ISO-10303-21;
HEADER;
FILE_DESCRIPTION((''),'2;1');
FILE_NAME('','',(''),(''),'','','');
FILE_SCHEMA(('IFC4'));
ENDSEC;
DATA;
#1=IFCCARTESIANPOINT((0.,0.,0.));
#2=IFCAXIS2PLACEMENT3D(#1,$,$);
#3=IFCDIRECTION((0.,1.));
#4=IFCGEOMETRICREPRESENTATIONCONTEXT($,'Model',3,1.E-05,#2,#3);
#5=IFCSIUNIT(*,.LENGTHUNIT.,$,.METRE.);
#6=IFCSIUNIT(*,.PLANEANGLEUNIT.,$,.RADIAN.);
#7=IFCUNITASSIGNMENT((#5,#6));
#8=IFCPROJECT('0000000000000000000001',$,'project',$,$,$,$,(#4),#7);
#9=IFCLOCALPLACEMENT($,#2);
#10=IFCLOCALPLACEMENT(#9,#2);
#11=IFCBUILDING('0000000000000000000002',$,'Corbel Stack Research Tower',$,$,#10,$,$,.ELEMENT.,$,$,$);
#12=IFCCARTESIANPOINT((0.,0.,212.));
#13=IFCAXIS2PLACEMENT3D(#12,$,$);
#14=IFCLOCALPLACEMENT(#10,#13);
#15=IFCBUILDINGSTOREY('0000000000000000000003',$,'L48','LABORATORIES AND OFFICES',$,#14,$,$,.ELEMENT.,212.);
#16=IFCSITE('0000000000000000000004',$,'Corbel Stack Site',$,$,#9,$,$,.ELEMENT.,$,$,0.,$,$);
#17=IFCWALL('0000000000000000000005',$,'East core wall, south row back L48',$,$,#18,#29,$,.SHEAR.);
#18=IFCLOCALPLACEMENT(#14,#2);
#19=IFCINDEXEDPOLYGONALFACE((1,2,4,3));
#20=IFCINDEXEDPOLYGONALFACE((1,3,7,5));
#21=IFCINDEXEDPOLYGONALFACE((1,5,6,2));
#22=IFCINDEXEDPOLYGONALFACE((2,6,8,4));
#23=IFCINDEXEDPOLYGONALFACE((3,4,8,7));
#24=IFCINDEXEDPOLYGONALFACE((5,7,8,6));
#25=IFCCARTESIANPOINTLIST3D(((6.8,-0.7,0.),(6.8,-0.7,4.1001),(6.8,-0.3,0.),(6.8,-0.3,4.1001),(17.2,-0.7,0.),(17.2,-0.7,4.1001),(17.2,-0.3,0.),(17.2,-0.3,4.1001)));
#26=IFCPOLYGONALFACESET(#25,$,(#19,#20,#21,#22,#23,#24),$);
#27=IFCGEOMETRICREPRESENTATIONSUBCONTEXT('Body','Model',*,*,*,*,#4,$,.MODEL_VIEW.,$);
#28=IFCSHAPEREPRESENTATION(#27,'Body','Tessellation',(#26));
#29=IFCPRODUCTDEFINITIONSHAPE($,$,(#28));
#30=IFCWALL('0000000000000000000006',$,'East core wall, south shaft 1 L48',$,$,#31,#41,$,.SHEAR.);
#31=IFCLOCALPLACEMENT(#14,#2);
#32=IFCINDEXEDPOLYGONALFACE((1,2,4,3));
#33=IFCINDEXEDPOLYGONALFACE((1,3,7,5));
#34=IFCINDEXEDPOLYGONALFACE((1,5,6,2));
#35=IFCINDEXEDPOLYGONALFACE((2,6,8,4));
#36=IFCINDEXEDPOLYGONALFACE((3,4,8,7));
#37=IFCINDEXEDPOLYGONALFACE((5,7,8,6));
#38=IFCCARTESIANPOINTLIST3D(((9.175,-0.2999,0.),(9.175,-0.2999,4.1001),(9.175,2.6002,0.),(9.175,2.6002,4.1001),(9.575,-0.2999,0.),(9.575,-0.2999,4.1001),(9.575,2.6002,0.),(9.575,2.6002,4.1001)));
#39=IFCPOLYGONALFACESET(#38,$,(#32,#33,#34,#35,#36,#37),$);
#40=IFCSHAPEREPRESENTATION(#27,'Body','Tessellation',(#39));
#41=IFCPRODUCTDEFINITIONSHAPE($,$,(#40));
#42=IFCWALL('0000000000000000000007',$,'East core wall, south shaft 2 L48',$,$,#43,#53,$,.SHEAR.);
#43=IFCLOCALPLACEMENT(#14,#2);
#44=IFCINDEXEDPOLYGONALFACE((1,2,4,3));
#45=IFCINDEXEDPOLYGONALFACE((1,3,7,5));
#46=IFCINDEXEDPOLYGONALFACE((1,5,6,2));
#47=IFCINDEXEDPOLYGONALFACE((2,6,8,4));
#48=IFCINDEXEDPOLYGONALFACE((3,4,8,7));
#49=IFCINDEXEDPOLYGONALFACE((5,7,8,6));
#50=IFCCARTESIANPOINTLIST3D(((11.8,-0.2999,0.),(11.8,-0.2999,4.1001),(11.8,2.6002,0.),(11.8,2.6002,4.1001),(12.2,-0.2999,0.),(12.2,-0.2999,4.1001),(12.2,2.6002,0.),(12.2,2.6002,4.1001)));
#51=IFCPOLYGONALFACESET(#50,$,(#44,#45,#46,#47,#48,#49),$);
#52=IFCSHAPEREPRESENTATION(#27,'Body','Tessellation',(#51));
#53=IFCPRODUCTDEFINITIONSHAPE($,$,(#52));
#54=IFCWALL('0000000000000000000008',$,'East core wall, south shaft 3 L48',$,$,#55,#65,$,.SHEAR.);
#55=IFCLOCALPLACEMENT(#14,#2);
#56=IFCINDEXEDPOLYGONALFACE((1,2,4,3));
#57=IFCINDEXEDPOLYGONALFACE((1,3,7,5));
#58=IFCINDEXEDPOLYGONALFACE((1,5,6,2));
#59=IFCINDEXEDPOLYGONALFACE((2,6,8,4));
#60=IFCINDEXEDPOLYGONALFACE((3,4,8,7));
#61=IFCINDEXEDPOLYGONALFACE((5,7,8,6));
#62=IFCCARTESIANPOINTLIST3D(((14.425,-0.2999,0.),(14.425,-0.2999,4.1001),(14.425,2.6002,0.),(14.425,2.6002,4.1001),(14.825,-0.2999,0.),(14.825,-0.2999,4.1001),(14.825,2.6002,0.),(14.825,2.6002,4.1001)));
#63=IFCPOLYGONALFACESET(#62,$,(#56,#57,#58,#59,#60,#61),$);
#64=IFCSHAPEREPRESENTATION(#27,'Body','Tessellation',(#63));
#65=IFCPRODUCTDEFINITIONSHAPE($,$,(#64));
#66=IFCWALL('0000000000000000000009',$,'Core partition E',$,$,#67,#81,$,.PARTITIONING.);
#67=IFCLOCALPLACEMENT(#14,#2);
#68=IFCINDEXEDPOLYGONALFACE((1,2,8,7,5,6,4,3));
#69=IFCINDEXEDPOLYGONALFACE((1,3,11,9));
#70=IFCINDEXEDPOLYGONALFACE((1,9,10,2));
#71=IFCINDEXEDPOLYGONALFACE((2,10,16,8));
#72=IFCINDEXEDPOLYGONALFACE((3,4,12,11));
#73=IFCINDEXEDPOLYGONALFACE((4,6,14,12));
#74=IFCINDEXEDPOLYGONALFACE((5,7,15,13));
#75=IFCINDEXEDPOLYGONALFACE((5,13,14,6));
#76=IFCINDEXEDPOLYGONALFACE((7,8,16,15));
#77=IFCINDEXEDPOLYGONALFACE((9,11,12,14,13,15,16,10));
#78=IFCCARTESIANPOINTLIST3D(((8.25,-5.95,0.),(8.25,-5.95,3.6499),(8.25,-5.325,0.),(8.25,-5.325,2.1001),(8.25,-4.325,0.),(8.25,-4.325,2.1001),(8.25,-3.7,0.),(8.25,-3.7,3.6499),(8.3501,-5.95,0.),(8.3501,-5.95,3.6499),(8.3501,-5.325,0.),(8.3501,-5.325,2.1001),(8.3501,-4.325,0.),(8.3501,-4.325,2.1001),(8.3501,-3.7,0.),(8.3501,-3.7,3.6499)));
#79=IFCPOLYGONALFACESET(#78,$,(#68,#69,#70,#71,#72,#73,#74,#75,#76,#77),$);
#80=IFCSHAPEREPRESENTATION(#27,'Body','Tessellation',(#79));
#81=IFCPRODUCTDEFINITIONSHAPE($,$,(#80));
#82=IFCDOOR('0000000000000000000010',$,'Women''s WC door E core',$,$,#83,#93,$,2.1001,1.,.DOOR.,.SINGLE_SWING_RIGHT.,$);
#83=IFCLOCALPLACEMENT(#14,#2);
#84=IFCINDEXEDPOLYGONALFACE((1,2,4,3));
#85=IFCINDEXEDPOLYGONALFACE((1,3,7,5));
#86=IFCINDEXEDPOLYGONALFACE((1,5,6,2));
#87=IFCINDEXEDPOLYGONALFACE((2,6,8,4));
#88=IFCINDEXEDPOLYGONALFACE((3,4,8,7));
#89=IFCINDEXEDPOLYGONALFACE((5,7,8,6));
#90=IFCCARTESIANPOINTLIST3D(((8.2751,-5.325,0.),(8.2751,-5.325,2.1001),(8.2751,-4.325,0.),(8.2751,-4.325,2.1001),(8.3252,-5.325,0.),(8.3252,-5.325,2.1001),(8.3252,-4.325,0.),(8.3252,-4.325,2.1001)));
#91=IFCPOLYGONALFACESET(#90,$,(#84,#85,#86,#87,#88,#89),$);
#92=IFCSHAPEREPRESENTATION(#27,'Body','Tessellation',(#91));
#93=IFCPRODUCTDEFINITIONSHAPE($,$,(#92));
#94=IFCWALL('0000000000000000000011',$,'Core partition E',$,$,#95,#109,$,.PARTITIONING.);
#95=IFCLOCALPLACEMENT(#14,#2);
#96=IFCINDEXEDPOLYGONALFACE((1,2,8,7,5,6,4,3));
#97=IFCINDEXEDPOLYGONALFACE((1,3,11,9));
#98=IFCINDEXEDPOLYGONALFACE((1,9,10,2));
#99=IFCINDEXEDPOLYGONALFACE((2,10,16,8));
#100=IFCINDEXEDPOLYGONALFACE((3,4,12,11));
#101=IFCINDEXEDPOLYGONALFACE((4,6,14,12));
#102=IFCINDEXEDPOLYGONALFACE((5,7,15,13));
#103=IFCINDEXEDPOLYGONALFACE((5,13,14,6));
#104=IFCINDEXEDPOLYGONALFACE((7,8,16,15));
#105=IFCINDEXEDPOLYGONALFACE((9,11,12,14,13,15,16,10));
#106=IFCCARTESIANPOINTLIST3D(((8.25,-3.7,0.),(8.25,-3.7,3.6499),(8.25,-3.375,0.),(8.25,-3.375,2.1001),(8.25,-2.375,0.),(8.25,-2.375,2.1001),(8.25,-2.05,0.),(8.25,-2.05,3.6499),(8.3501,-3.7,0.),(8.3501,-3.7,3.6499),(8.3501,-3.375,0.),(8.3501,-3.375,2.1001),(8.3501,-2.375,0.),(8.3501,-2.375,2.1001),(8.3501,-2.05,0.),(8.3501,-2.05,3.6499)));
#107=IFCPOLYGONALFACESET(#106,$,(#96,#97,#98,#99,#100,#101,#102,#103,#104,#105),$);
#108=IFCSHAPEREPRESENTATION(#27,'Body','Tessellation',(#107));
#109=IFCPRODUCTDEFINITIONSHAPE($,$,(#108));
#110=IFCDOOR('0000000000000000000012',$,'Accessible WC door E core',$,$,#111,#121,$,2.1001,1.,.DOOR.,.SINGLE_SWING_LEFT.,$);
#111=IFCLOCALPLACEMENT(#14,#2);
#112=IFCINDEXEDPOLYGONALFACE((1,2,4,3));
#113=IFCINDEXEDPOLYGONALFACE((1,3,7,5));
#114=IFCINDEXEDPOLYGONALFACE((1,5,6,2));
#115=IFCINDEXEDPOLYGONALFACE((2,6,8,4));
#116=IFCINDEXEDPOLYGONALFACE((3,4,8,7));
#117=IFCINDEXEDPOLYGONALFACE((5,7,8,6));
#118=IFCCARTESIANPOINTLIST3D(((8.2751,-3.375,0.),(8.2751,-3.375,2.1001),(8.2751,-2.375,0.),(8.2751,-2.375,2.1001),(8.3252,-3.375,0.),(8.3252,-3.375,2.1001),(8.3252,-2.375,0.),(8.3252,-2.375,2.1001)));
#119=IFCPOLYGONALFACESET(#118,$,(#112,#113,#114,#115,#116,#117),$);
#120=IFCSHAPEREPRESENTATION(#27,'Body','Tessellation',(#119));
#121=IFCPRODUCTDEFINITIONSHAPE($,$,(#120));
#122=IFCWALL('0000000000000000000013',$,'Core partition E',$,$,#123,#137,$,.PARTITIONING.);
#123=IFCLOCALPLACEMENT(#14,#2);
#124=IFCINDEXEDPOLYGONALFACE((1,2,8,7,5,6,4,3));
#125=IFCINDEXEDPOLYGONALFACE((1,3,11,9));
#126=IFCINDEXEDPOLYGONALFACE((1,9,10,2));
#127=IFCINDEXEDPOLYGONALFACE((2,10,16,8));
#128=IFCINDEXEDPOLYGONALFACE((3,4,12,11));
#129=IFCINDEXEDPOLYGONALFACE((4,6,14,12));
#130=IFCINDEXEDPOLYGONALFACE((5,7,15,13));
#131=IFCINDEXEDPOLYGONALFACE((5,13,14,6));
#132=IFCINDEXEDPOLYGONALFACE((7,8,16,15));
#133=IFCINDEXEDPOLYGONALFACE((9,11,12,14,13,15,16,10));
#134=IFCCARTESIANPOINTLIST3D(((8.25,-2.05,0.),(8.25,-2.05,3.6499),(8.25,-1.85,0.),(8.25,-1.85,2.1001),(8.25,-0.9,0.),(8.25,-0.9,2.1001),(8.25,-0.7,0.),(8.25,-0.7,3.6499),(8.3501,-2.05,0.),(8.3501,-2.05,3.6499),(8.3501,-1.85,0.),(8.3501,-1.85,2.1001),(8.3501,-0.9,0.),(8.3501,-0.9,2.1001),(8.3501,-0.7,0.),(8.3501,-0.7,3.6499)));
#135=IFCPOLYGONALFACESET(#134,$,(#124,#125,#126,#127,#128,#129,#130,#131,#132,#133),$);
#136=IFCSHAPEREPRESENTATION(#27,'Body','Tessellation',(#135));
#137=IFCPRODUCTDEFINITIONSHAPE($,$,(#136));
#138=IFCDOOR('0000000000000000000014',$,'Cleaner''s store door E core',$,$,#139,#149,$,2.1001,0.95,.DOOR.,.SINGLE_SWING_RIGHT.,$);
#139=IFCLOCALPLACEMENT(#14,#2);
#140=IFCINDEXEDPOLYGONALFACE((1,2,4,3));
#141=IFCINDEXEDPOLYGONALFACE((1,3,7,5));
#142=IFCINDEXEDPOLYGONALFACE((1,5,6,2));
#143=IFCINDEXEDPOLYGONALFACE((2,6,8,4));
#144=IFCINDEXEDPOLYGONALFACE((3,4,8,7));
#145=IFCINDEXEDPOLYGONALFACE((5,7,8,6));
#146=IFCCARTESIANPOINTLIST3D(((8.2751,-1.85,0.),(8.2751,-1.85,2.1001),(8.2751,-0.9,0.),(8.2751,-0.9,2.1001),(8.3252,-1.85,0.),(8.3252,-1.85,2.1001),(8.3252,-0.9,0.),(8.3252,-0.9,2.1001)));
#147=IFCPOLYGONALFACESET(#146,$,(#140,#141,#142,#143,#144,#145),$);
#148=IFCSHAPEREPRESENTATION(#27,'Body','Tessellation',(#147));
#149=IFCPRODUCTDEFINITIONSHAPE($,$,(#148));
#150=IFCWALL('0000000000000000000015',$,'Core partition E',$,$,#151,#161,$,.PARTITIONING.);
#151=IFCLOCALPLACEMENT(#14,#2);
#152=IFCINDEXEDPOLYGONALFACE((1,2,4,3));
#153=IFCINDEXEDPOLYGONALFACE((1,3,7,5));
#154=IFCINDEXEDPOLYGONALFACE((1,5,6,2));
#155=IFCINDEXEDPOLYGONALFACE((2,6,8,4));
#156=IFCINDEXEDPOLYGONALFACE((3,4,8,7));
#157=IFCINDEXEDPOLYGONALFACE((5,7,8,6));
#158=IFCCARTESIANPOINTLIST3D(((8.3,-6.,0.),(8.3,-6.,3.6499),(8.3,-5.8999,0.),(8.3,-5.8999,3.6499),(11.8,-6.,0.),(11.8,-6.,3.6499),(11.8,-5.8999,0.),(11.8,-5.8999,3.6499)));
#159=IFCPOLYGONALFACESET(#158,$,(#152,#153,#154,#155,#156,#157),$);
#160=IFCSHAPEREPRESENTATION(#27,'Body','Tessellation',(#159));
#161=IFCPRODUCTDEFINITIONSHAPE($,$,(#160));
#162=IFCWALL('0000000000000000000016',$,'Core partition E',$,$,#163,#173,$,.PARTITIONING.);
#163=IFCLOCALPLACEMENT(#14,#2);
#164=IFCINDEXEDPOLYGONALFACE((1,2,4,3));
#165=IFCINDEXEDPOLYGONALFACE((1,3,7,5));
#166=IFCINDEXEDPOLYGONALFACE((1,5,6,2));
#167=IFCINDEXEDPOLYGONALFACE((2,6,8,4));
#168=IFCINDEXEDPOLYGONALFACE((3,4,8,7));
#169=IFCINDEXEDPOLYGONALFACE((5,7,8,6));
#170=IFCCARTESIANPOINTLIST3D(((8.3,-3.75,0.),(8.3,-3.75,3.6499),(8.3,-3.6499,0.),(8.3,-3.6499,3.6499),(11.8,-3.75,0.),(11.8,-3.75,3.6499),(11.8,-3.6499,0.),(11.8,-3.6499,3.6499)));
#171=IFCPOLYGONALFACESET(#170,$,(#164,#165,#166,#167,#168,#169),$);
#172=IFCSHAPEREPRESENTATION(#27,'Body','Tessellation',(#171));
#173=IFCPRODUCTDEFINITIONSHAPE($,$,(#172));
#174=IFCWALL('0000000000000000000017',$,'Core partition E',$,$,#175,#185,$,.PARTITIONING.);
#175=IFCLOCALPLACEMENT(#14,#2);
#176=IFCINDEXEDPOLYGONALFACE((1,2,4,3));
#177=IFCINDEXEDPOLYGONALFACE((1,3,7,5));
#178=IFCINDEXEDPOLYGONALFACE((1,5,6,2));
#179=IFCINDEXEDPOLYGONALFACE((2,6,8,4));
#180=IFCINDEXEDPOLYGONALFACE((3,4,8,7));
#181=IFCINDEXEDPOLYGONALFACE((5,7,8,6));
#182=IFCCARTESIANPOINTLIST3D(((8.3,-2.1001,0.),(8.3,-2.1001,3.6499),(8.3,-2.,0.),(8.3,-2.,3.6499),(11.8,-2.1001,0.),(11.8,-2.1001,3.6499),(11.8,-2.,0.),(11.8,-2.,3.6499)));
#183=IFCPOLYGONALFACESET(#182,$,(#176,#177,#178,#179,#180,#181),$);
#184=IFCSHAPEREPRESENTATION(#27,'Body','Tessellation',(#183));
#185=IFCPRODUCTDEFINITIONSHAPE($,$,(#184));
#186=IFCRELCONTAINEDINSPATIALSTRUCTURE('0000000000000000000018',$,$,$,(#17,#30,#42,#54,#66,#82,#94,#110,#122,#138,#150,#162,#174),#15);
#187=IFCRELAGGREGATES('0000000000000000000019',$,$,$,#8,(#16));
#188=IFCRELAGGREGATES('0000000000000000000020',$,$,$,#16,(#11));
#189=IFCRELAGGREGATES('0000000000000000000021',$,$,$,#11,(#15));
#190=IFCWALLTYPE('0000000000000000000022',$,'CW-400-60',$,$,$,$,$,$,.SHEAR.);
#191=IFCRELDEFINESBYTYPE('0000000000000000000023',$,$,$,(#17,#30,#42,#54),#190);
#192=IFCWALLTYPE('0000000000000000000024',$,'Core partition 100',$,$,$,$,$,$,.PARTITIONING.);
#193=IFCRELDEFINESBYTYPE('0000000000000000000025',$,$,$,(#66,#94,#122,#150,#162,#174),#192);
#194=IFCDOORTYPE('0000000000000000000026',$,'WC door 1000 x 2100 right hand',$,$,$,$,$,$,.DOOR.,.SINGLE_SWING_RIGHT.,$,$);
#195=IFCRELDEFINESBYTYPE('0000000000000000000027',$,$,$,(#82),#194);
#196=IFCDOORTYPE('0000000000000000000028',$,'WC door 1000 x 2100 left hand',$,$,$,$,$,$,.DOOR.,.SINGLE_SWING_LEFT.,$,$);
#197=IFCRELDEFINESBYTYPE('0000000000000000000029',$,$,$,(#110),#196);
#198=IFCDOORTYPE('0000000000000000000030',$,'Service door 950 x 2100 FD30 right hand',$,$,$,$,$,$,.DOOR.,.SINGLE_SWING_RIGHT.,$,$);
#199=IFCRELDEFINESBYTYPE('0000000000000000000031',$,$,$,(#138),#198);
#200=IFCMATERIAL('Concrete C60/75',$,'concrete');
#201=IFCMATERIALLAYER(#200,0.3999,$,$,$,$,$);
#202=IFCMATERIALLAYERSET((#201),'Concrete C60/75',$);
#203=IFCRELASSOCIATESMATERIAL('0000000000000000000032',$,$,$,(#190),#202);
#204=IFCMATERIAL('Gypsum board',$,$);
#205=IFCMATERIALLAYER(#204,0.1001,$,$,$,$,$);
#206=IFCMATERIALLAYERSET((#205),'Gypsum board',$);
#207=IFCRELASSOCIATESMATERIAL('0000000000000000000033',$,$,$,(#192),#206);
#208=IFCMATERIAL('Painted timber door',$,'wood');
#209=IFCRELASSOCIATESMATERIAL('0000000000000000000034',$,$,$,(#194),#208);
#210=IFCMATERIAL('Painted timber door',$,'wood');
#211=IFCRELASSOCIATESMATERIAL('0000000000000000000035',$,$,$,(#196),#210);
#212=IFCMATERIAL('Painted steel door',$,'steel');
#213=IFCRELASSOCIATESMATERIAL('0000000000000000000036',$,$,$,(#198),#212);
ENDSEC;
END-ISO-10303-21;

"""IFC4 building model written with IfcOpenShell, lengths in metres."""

from ifc_helpers import new_model, si_unit, direction, frame, frame_2d, origin, place, context, subcontext, project, spatial, rectangle, extrude, material, layer, layer_set, type_object, element, fill, save


model = new_model("IFC4")

# Units and contexts
model_context = context("Model", 3, precision=1e-05, world=origin(), true_north=direction((0.0, 1.0)))
body_context = subcontext(model_context, "Body", "Model", "MODEL_VIEW")
ifc_project = project(units=[si_unit("LENGTHUNIT", "METRE"), si_unit("PLANEANGLEUNIT", "RADIAN")], contexts=[model_context])

# Site, building, storey
site_placement = place(None, origin())
site = spatial("IfcSite", under=ifc_project, at=site_placement, Name="Corbel Stack Site", CompositionType="ELEMENT", RefElevation=0.0)
building_placement = place(site_placement, origin())
building = spatial("IfcBuilding", under=site, at=building_placement, Name="Corbel Stack Research Tower", CompositionType="ELEMENT")
storey_placement = place(building_placement, frame((0.0, 0.0, 212.0)))
storey = spatial("IfcBuildingStorey", under=building, at=storey_placement, Name="L48", Description="LABORATORIES AND OFFICES", CompositionType="ELEMENT", Elevation=212.0)

# Walls
ifc_material_1 = material(Name="Concrete C60/75", Category="concrete")
ifc_layer_1 = layer(ifc_material_1, 0.3999)
ifc_layer_set_1 = layer_set([ifc_layer_1], Name="Concrete C60/75")
wall_type_1 = type_object("IfcWallType", Name="CW-400-60", PredefinedType="SHEAR", material=ifc_layer_set_1)
wall_1_placement = place(storey_placement, frame((6.8, -0.5, 0.0), z_axis=(0.0, 0.0, 1.0), x_axis=(1.0, 0.0, 0.0)))
element("IfcWall", 1, at=wall_1_placement, inside=storey, type_object=wall_type_1, Name="East core wall, south row back L48", PredefinedType="SHEAR", context=body_context, shape_type="SweptSolid", body=[
    extrude(rectangle(XDim=10.3999, YDim=0.3999, at=frame_2d((5.2, 0.0))), origin(), (0.0, 0.0, 1.0), 4.1001),
])
for number, where, z_axis, x_axis, name in (
    (2, (9.375, -0.3, 0.0), (0.0, 0.0, 1.0), (0.0, 1.0, 0.0), "East core wall, south shaft 1 L48"),
    (3, (12.0, -0.3, 0.0), (0.0, 0.0, 1.0), (0.0, 1.0, 0.0), "East core wall, south shaft 2 L48"),
    (4, (14.625, -0.3, 0.0), (0.0, 0.0, 1.0), (0.0, 1.0, 0.0), "East core wall, south shaft 3 L48"),
):
    element("IfcWall", number, at=place(storey_placement, frame(where, z_axis=z_axis, x_axis=x_axis)), inside=storey, type_object=wall_type_1, Name=name, PredefinedType="SHEAR", context=body_context, shape_type="SweptSolid", body=[
        extrude(rectangle(XDim=2.9001, YDim=0.3999, at=frame_2d((1.4502, 0.0))), origin(), (0.0, 0.0, 1.0), 4.1001),
    ])

# Walls, openings, doors
ifc_material_2 = material(Name="Gypsum board")
ifc_layer_2 = layer(ifc_material_2, 0.1001)
ifc_layer_set_2 = layer_set([ifc_layer_2], Name="Gypsum board")
wall_type_2 = type_object("IfcWallType", Name="Core partition 100", PredefinedType="PARTITIONING", material=ifc_layer_set_2)
wall_2_placement = place(storey_placement, frame((8.3, -5.95, 0.0), z_axis=(0.0, 0.0, 1.0), x_axis=(0.0, 1.0, 0.0)))
wall_2 = element("IfcWall", 5, at=wall_2_placement, inside=storey, type_object=wall_type_2, Name="Core partition E", PredefinedType="PARTITIONING", context=body_context, shape_type="SweptSolid", body=[
    extrude(rectangle(XDim=2.25, YDim=0.1001, at=frame_2d((1.125, 0.0))), origin(), (0.0, 0.0, 1.0), 3.6499),
])
opening_1_placement = place(wall_2_placement, frame((0.625, 0.0, 0.0)))
opening_1 = element("IfcOpeningElement", 6, at=opening_1_placement, cuts=wall_2, PredefinedType="OPENING", context=body_context, shape_type="SweptSolid", body=[
    extrude(rectangle(XDim=1.0, YDim=2.1001, at=frame_2d((0.5, 1.05))), frame((0.0, 0.0601, 0.0), z_axis=(0.0, -1.0, 0.0), x_axis=(1.0, 0.0, 0.0)), (0.0, 0.0, 1.0), 0.1201),
])
ifc_material_3 = material(Name="Painted timber door", Category="wood")
door_type_1 = type_object("IfcDoorType", Name="WC door 1000 x 2100 right hand", OperationType="SINGLE_SWING_RIGHT", PredefinedType="DOOR", material=ifc_material_3)
door_1_placement = place(opening_1_placement, origin())
door_1 = element("IfcDoor", 7, at=door_1_placement, inside=storey, type_object=door_type_1, Name="Women's WC door E core", OperationType="SINGLE_SWING_RIGHT", OverallHeight=2.1001, OverallWidth=1.0, PredefinedType="DOOR", context=body_context, shape_type="SweptSolid", body=[
    extrude(rectangle(XDim=1.0, YDim=2.1001, at=frame_2d((0.5, 1.05))), frame((0.0, 0.0249, 0.0), z_axis=(0.0, -1.0, 0.0), x_axis=(1.0, 0.0, 0.0)), (0.0, 0.0, 1.0), 0.05),
])
fill(opening_1, door_1)
wall_3_placement = place(storey_placement, frame((8.3, -3.7, 0.0), z_axis=(0.0, 0.0, 1.0), x_axis=(0.0, 1.0, 0.0)))
wall_3 = element("IfcWall", 8, at=wall_3_placement, inside=storey, type_object=wall_type_2, Name="Core partition E", PredefinedType="PARTITIONING", context=body_context, shape_type="SweptSolid", body=[
    extrude(rectangle(XDim=1.6499, YDim=0.1001, at=frame_2d((0.825, 0.0))), origin(), (0.0, 0.0, 1.0), 3.6499),
])
opening_2_placement = place(wall_3_placement, frame((0.325, 0.0, 0.0)))
opening_2 = element("IfcOpeningElement", 9, at=opening_2_placement, cuts=wall_3, PredefinedType="OPENING", context=body_context, shape_type="SweptSolid", body=[
    extrude(rectangle(XDim=1.0, YDim=2.1001, at=frame_2d((0.5, 1.05))), frame((0.0, 0.0601, 0.0), z_axis=(0.0, -1.0, 0.0), x_axis=(1.0, 0.0, 0.0)), (0.0, 0.0, 1.0), 0.1201),
])
ifc_material_4 = material(Name="Painted timber door", Category="wood")
door_type_2 = type_object("IfcDoorType", Name="WC door 1000 x 2100 left hand", OperationType="SINGLE_SWING_LEFT", PredefinedType="DOOR", material=ifc_material_4)
door_2_placement = place(opening_2_placement, origin())
door_2 = element("IfcDoor", 10, at=door_2_placement, inside=storey, type_object=door_type_2, Name="Accessible WC door E core", OperationType="SINGLE_SWING_LEFT", OverallHeight=2.1001, OverallWidth=1.0, PredefinedType="DOOR", context=body_context, shape_type="SweptSolid", body=[
    extrude(rectangle(XDim=1.0, YDim=2.1001, at=frame_2d((0.5, 1.05))), frame((0.0, 0.0249, 0.0), z_axis=(0.0, -1.0, 0.0), x_axis=(1.0, 0.0, 0.0)), (0.0, 0.0, 1.0), 0.05),
])
fill(opening_2, door_2)
wall_4_placement = place(storey_placement, frame((8.3, -2.05, 0.0), z_axis=(0.0, 0.0, 1.0), x_axis=(0.0, 1.0, 0.0)))
wall_4 = element("IfcWall", 11, at=wall_4_placement, inside=storey, type_object=wall_type_2, Name="Core partition E", PredefinedType="PARTITIONING", context=body_context, shape_type="SweptSolid", body=[
    extrude(rectangle(XDim=1.3501, YDim=0.1001, at=frame_2d((0.675, 0.0))), origin(), (0.0, 0.0, 1.0), 3.6499),
])
opening_3_placement = place(wall_4_placement, frame((0.2, 0.0, 0.0)))
opening_3 = element("IfcOpeningElement", 12, at=opening_3_placement, cuts=wall_4, PredefinedType="OPENING", context=body_context, shape_type="SweptSolid", body=[
    extrude(rectangle(XDim=0.95, YDim=2.1001, at=frame_2d((0.4751, 1.05))), frame((0.0, 0.0601, 0.0), z_axis=(0.0, -1.0, 0.0), x_axis=(1.0, 0.0, 0.0)), (0.0, 0.0, 1.0), 0.1201),
])
ifc_material_5 = material(Name="Painted steel door", Category="steel")
door_type_3 = type_object("IfcDoorType", Name="Service door 950 x 2100 FD30 right hand", OperationType="SINGLE_SWING_RIGHT", PredefinedType="DOOR", material=ifc_material_5)
door_3_placement = place(opening_3_placement, origin())
door_3 = element("IfcDoor", 13, at=door_3_placement, inside=storey, type_object=door_type_3, Name="Cleaner's store door E core", OperationType="SINGLE_SWING_RIGHT", OverallHeight=2.1001, OverallWidth=0.95, PredefinedType="DOOR", context=body_context, shape_type="SweptSolid", body=[
    extrude(rectangle(XDim=0.95, YDim=2.1001, at=frame_2d((0.4751, 1.05))), frame((0.0, 0.0249, 0.0), z_axis=(0.0, -1.0, 0.0), x_axis=(1.0, 0.0, 0.0)), (0.0, 0.0, 1.0), 0.05),
])
fill(opening_3, door_3)

# Walls
for number, where, z_axis, x_axis, name in (
    (14, (8.3, -5.95, 0.0), (0.0, 0.0, 1.0), (1.0, 0.0, 0.0), "Core partition E"),
    (15, (8.3, -3.7, 0.0), (0.0, 0.0, 1.0), (1.0, 0.0, 0.0), "Core partition E"),
    (16, (8.3, -2.05, 0.0), (0.0, 0.0, 1.0), (1.0, 0.0, 0.0), "Core partition E"),
):
    element("IfcWall", number, at=place(storey_placement, frame(where, z_axis=z_axis, x_axis=x_axis)), inside=storey, type_object=wall_type_2, Name=name, PredefinedType="PARTITIONING", context=body_context, shape_type="SweptSolid", body=[
        extrude(rectangle(XDim=3.5, YDim=0.1001, at=frame_2d((1.75, 0.0))), origin(), (0.0, 0.0, 1.0), 3.6499),
    ])

save(model, "model.ifc")
